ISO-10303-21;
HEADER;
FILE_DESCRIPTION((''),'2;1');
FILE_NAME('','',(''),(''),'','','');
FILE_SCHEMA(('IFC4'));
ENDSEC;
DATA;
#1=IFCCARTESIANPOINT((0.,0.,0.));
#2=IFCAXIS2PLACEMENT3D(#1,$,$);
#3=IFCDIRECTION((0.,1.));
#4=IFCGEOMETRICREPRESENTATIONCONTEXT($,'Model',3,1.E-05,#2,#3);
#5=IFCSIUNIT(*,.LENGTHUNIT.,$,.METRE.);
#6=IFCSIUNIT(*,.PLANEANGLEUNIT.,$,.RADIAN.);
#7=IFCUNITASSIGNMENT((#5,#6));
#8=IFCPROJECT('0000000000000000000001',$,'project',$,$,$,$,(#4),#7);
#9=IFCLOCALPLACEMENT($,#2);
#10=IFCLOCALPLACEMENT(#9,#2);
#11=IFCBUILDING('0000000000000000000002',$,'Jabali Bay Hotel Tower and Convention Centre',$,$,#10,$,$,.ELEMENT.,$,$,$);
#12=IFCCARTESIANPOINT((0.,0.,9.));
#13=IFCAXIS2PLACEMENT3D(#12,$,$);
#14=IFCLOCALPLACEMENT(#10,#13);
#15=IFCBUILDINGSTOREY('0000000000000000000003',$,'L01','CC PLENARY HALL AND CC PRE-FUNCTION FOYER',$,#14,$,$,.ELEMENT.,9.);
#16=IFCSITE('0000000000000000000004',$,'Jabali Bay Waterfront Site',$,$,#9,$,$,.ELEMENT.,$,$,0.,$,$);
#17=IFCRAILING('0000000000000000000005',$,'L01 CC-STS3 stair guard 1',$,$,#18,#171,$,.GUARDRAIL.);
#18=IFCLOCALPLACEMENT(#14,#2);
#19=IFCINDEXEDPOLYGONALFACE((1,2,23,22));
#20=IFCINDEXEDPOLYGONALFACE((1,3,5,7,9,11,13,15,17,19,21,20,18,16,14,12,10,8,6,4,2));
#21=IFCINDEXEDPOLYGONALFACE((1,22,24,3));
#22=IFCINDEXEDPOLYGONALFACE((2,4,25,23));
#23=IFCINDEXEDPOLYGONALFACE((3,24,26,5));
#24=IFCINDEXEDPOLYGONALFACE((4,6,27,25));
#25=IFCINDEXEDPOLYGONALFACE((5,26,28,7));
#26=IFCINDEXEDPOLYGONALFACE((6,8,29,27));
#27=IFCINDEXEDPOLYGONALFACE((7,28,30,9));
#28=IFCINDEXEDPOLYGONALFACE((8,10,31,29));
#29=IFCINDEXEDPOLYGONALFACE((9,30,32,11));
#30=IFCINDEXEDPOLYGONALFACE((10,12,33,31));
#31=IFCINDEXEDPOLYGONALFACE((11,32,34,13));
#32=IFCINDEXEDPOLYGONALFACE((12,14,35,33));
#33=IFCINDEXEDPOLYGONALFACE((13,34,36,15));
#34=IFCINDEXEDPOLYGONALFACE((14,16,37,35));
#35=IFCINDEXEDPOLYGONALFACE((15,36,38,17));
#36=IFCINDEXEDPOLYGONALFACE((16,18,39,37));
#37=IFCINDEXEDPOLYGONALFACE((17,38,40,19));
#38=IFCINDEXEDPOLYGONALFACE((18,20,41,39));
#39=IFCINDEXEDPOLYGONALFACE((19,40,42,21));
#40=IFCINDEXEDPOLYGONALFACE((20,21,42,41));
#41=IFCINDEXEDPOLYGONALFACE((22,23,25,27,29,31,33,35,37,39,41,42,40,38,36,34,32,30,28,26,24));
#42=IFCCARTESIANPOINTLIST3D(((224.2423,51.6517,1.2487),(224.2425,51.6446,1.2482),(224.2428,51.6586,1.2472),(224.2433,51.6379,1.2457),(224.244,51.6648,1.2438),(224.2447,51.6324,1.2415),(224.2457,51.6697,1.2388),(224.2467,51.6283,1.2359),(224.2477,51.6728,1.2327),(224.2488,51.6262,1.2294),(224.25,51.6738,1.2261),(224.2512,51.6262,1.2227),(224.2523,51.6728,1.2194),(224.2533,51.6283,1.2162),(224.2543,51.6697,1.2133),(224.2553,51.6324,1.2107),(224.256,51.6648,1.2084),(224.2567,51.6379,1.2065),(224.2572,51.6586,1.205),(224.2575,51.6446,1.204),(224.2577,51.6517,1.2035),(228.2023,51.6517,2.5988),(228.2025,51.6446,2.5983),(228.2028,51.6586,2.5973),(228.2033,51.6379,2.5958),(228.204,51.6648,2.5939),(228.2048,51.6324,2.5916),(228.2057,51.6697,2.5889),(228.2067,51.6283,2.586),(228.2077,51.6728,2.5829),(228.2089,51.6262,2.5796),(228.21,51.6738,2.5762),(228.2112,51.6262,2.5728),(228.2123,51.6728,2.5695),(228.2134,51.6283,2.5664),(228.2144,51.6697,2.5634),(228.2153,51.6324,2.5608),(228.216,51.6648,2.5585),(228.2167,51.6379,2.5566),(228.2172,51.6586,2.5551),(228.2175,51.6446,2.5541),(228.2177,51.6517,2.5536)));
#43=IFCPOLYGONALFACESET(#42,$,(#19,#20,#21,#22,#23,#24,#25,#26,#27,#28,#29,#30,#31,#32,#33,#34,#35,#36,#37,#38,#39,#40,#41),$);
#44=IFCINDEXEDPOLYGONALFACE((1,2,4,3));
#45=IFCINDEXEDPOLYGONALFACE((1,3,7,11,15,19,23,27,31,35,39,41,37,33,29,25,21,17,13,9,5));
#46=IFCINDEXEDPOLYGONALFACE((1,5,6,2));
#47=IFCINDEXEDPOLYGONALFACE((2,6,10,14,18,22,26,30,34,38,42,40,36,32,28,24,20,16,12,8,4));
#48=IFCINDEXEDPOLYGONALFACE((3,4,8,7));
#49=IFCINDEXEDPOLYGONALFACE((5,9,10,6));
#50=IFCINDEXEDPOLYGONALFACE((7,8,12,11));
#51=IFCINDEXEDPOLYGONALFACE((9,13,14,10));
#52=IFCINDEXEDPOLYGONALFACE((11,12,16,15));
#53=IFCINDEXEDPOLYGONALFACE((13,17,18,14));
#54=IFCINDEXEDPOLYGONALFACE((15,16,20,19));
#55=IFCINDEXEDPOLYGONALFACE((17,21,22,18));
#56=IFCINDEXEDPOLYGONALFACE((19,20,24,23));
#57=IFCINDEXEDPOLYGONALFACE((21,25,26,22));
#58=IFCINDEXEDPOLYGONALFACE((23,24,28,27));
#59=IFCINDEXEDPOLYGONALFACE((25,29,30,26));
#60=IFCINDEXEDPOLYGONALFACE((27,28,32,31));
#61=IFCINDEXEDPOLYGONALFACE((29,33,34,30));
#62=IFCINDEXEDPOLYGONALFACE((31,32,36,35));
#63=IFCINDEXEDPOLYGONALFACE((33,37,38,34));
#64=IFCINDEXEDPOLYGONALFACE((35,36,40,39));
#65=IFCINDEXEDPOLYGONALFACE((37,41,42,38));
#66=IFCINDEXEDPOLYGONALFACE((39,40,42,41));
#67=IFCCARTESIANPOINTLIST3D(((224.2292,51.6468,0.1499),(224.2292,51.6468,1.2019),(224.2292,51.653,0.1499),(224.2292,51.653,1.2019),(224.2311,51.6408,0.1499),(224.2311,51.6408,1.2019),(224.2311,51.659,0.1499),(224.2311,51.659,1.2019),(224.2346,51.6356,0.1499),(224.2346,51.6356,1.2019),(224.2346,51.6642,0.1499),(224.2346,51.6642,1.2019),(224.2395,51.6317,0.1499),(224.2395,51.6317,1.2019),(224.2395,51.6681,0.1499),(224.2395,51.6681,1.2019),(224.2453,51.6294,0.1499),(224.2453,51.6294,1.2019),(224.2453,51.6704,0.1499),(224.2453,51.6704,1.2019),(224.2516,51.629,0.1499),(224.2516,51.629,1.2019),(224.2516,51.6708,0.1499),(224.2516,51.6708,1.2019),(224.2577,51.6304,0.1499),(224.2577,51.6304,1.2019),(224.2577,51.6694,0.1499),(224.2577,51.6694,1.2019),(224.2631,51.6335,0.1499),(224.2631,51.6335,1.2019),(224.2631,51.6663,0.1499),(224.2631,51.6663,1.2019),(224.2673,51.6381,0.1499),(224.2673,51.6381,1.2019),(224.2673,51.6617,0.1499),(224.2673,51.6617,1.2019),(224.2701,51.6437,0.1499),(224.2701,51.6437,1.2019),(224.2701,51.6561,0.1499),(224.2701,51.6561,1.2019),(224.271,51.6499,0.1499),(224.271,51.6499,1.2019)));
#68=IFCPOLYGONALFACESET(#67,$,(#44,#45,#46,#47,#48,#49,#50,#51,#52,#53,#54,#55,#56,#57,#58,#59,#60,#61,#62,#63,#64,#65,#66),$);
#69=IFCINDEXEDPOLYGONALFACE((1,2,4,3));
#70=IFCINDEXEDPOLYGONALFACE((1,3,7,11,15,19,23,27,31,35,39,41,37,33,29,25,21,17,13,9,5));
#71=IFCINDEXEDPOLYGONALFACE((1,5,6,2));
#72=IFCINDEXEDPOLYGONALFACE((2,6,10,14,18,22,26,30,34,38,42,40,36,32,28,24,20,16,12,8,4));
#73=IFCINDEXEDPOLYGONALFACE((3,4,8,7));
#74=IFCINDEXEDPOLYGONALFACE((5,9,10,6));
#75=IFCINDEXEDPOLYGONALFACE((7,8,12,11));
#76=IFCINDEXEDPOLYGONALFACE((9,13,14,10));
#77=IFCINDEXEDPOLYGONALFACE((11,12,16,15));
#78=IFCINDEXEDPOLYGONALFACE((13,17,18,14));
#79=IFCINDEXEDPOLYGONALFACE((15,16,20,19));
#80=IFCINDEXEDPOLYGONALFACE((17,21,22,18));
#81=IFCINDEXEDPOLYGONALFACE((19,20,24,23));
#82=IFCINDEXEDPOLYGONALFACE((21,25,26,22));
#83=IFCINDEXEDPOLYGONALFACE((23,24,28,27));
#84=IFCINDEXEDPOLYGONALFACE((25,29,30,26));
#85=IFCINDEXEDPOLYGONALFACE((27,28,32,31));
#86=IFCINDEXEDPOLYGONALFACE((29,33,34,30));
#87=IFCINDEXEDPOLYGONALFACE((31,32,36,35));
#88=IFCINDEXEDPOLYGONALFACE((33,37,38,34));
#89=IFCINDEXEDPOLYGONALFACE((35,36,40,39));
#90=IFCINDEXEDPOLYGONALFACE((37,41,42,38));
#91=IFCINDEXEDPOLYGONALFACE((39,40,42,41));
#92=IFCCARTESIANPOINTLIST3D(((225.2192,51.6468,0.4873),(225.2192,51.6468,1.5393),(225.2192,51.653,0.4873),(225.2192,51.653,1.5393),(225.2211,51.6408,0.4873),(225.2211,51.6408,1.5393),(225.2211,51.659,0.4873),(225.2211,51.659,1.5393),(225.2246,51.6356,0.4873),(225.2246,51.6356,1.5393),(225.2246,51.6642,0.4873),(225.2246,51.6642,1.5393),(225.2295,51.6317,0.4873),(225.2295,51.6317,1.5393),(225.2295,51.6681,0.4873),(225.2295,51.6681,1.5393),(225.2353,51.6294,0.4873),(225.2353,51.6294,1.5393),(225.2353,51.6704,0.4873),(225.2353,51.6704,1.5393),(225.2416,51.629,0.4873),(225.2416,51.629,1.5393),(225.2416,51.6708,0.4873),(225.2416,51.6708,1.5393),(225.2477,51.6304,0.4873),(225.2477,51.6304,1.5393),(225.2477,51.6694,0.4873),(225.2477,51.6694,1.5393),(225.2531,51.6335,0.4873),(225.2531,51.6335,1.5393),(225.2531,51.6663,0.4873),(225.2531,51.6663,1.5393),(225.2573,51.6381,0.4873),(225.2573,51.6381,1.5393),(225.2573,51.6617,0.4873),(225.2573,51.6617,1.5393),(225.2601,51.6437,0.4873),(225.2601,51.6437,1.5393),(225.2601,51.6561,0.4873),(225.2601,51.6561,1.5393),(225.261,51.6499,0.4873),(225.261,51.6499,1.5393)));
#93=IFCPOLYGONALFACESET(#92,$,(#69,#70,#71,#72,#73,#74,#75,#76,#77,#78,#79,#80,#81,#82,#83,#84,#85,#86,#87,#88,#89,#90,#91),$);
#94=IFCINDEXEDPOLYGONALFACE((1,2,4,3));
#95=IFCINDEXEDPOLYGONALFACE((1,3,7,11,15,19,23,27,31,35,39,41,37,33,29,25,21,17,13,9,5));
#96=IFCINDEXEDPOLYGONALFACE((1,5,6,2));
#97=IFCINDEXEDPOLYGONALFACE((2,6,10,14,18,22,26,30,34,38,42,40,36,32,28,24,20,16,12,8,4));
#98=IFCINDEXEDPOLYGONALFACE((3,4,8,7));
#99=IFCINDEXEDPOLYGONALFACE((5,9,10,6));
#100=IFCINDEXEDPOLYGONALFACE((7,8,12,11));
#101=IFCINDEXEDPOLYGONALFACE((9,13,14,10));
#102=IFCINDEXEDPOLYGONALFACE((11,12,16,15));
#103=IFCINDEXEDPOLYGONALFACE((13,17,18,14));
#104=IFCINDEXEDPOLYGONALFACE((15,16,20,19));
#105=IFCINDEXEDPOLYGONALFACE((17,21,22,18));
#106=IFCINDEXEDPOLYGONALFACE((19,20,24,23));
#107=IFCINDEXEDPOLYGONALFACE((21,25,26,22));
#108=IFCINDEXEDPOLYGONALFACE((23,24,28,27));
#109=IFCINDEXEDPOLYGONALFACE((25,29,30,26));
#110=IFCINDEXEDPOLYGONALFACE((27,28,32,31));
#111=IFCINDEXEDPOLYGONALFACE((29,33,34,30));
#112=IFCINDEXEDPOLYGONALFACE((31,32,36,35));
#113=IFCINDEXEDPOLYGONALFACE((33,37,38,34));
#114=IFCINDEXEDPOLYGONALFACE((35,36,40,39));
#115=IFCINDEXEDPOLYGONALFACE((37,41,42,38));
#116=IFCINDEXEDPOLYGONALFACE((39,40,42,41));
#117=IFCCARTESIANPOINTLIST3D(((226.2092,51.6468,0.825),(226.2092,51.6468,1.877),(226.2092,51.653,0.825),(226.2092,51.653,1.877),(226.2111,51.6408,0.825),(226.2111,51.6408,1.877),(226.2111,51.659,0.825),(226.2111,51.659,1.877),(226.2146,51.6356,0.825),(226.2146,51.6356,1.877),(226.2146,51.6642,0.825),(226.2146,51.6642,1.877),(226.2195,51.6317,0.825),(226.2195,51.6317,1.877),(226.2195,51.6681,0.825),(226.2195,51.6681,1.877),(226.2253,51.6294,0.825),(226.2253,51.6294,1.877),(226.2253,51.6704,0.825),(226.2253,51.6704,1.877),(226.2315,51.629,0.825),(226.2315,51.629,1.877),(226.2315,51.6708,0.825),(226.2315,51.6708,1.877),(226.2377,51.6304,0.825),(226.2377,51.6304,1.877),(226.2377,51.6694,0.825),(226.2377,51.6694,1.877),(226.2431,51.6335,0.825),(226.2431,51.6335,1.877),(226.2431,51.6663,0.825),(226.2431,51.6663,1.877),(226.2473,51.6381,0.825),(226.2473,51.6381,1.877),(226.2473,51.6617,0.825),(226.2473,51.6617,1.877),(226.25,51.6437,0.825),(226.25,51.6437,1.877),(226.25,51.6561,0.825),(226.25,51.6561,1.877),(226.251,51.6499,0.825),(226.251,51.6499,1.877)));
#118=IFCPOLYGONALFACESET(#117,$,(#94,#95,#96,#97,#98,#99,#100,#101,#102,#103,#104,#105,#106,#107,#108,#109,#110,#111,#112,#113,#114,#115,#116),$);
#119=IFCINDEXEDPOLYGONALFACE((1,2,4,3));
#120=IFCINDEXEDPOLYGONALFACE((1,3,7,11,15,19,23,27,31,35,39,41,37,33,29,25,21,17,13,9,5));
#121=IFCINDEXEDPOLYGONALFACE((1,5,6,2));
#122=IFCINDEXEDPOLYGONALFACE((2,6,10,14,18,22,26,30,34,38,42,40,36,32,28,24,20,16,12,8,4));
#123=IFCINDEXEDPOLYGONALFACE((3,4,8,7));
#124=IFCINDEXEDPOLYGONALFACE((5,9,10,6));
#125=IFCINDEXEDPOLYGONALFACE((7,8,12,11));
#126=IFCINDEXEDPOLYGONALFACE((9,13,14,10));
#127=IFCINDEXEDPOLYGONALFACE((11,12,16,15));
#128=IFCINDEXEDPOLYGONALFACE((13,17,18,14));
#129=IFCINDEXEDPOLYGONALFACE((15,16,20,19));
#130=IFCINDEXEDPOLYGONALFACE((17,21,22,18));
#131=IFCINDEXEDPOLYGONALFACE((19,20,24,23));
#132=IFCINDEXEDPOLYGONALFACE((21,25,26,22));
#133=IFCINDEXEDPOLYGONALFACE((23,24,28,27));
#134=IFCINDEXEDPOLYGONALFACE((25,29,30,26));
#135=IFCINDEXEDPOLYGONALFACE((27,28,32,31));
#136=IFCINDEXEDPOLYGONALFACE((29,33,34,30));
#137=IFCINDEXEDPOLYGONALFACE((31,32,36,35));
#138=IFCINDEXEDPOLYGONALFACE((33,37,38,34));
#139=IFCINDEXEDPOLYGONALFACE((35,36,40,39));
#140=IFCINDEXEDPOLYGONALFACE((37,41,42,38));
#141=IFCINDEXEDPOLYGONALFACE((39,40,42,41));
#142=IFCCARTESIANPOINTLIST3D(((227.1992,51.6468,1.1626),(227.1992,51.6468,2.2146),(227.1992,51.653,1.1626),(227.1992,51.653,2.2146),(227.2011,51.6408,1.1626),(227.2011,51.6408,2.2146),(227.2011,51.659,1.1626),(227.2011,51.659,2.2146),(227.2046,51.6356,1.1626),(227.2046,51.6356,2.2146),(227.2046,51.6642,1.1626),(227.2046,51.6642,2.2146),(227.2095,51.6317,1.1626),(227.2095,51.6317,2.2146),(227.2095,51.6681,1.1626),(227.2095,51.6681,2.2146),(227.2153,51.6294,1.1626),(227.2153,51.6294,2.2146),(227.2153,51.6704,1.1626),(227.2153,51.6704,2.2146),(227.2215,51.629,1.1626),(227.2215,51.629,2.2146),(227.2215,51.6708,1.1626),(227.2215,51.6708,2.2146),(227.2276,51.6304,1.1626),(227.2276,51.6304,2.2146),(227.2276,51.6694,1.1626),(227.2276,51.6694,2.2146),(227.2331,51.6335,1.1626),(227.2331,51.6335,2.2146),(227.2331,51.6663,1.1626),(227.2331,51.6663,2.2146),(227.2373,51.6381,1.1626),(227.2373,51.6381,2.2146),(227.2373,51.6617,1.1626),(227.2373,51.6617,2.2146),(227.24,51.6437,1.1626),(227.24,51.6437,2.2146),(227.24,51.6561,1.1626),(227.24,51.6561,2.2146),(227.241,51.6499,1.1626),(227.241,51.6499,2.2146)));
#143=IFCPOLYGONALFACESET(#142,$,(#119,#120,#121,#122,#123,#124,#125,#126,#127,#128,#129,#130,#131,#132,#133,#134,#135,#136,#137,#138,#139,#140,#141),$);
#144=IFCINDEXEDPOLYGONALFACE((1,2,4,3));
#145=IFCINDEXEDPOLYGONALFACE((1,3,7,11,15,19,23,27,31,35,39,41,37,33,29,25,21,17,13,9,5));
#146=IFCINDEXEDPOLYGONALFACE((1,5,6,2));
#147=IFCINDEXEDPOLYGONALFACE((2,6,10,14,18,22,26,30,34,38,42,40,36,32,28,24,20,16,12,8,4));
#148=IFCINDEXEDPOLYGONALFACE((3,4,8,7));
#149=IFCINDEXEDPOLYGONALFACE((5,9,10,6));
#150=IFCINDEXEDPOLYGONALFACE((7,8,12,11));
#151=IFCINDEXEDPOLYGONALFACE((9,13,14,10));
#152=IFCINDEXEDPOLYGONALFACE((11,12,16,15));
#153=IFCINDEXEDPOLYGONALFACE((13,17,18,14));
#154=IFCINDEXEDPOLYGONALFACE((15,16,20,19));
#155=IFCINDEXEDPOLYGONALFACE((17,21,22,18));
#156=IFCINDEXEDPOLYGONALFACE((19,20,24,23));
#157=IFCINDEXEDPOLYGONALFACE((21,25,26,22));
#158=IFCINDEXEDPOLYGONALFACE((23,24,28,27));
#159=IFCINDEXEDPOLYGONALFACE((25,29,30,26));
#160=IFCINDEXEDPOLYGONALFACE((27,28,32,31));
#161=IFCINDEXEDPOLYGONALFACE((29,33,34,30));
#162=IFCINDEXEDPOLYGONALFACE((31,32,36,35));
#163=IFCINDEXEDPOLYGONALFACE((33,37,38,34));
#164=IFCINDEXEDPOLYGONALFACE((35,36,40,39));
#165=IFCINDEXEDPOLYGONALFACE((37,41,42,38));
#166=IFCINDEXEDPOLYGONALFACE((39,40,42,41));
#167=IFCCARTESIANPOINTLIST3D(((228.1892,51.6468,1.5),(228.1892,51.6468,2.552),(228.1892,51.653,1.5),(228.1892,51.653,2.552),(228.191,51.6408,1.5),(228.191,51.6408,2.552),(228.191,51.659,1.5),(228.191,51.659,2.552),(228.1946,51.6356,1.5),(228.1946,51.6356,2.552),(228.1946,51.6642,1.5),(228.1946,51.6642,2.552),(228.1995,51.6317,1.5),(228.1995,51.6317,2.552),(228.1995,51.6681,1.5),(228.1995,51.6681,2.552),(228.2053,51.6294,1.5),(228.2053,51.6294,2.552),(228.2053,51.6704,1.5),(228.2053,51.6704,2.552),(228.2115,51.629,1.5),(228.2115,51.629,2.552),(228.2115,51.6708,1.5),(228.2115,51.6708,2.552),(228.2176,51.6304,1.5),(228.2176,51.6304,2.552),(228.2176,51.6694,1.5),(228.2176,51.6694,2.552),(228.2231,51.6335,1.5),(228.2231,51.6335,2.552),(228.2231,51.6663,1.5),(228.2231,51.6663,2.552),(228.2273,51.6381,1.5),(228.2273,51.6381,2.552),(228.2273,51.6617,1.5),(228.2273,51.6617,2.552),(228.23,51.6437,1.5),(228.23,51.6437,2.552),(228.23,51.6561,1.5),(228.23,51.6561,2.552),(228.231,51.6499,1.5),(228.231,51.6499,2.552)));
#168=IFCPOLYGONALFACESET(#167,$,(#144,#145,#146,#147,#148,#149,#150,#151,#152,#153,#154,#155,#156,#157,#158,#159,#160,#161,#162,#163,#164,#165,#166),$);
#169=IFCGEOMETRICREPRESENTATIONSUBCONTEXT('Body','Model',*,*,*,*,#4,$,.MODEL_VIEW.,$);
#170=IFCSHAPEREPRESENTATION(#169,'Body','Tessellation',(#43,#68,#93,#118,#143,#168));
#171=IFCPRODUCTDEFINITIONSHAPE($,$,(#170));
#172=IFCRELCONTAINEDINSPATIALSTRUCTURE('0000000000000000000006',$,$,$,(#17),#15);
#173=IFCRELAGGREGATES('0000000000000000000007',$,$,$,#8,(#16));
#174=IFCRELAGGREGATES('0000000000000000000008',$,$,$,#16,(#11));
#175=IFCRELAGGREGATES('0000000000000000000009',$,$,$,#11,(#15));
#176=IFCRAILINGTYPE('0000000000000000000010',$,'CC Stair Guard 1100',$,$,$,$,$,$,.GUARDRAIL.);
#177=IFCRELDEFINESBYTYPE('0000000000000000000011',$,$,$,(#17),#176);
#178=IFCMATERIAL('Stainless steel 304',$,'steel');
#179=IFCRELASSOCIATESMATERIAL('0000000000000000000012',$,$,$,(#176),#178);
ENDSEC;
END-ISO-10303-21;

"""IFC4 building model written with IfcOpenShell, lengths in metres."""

from ifc_helpers import new_model, si_unit, direction, frame, origin, origin_2d, place, context, subcontext, project, spatial, circle, extrude, material, type_object, element, save


model = new_model("IFC4")

# Units and contexts
model_context = context("Model", 3, precision=1e-05, world=origin(), true_north=direction((0.0, 1.0)))
body_context = subcontext(model_context, "Body", "Model", "MODEL_VIEW")
ifc_project = project(units=[si_unit("LENGTHUNIT", "METRE"), si_unit("PLANEANGLEUNIT", "RADIAN")], contexts=[model_context])

# Site, building, storey
site_placement = place(None, origin())
site = spatial("IfcSite", under=ifc_project, at=site_placement, Name="Jabali Bay Waterfront Site", CompositionType="ELEMENT", RefElevation=0.0)
building_placement = place(site_placement, origin())
building = spatial("IfcBuilding", under=site, at=building_placement, Name="Jabali Bay Hotel Tower and Convention Centre", CompositionType="ELEMENT")
storey_placement = place(building_placement, frame((0.0, 0.0, 9.0)))
storey = spatial("IfcBuildingStorey", under=building, at=storey_placement, Name="L01", Description="CC PLENARY HALL AND CC PRE-FUNCTION FOYER", CompositionType="ELEMENT", Elevation=9.0)

# Railing
ifc_material_1 = material(Name="Stainless steel 304", Category="steel")
railing_type_1 = type_object("IfcRailingType", Name="CC Stair Guard 1100", PredefinedType="GUARDRAIL", material=ifc_material_1)
railing_1_placement = place(storey_placement, frame((224.25, 51.6499, 0.1499)))
element("IfcRailing", 1, at=railing_1_placement, inside=storey, type_object=railing_type_1, Name="L01 CC-STS3 stair guard 1", PredefinedType="GUARDRAIL", context=body_context, shape_type="SweptSolid", body=[
    extrude(circle(Radius=0.0239, at=origin_2d()), frame((0.0, 0.0, 1.0762), z_axis=(0.946502, 0.0, 0.322698), x_axis=(0.0, 1.0, 0.0)), (0.0, 0.0, 1.0), 4.1838),
    extrude(circle(Radius=0.021, at=origin_2d()), origin(), (0.0, 0.0, 1.0), 1.052),
    extrude(circle(Radius=0.021, at=origin_2d()), frame((0.99, 0.0, 0.3374)), (0.0, 0.0, 1.0), 1.052),
    extrude(circle(Radius=0.021, at=origin_2d()), frame((1.98, 0.0, 0.675)), (0.0, 0.0, 1.0), 1.052),
    extrude(circle(Radius=0.021, at=origin_2d()), frame((2.97, 0.0, 1.0127)), (0.0, 0.0, 1.0), 1.052),
    extrude(circle(Radius=0.021, at=origin_2d()), frame((3.96, 0.0, 1.3501)), (0.0, 0.0, 1.0), 1.052),
])

save(model, "model.ifc")
